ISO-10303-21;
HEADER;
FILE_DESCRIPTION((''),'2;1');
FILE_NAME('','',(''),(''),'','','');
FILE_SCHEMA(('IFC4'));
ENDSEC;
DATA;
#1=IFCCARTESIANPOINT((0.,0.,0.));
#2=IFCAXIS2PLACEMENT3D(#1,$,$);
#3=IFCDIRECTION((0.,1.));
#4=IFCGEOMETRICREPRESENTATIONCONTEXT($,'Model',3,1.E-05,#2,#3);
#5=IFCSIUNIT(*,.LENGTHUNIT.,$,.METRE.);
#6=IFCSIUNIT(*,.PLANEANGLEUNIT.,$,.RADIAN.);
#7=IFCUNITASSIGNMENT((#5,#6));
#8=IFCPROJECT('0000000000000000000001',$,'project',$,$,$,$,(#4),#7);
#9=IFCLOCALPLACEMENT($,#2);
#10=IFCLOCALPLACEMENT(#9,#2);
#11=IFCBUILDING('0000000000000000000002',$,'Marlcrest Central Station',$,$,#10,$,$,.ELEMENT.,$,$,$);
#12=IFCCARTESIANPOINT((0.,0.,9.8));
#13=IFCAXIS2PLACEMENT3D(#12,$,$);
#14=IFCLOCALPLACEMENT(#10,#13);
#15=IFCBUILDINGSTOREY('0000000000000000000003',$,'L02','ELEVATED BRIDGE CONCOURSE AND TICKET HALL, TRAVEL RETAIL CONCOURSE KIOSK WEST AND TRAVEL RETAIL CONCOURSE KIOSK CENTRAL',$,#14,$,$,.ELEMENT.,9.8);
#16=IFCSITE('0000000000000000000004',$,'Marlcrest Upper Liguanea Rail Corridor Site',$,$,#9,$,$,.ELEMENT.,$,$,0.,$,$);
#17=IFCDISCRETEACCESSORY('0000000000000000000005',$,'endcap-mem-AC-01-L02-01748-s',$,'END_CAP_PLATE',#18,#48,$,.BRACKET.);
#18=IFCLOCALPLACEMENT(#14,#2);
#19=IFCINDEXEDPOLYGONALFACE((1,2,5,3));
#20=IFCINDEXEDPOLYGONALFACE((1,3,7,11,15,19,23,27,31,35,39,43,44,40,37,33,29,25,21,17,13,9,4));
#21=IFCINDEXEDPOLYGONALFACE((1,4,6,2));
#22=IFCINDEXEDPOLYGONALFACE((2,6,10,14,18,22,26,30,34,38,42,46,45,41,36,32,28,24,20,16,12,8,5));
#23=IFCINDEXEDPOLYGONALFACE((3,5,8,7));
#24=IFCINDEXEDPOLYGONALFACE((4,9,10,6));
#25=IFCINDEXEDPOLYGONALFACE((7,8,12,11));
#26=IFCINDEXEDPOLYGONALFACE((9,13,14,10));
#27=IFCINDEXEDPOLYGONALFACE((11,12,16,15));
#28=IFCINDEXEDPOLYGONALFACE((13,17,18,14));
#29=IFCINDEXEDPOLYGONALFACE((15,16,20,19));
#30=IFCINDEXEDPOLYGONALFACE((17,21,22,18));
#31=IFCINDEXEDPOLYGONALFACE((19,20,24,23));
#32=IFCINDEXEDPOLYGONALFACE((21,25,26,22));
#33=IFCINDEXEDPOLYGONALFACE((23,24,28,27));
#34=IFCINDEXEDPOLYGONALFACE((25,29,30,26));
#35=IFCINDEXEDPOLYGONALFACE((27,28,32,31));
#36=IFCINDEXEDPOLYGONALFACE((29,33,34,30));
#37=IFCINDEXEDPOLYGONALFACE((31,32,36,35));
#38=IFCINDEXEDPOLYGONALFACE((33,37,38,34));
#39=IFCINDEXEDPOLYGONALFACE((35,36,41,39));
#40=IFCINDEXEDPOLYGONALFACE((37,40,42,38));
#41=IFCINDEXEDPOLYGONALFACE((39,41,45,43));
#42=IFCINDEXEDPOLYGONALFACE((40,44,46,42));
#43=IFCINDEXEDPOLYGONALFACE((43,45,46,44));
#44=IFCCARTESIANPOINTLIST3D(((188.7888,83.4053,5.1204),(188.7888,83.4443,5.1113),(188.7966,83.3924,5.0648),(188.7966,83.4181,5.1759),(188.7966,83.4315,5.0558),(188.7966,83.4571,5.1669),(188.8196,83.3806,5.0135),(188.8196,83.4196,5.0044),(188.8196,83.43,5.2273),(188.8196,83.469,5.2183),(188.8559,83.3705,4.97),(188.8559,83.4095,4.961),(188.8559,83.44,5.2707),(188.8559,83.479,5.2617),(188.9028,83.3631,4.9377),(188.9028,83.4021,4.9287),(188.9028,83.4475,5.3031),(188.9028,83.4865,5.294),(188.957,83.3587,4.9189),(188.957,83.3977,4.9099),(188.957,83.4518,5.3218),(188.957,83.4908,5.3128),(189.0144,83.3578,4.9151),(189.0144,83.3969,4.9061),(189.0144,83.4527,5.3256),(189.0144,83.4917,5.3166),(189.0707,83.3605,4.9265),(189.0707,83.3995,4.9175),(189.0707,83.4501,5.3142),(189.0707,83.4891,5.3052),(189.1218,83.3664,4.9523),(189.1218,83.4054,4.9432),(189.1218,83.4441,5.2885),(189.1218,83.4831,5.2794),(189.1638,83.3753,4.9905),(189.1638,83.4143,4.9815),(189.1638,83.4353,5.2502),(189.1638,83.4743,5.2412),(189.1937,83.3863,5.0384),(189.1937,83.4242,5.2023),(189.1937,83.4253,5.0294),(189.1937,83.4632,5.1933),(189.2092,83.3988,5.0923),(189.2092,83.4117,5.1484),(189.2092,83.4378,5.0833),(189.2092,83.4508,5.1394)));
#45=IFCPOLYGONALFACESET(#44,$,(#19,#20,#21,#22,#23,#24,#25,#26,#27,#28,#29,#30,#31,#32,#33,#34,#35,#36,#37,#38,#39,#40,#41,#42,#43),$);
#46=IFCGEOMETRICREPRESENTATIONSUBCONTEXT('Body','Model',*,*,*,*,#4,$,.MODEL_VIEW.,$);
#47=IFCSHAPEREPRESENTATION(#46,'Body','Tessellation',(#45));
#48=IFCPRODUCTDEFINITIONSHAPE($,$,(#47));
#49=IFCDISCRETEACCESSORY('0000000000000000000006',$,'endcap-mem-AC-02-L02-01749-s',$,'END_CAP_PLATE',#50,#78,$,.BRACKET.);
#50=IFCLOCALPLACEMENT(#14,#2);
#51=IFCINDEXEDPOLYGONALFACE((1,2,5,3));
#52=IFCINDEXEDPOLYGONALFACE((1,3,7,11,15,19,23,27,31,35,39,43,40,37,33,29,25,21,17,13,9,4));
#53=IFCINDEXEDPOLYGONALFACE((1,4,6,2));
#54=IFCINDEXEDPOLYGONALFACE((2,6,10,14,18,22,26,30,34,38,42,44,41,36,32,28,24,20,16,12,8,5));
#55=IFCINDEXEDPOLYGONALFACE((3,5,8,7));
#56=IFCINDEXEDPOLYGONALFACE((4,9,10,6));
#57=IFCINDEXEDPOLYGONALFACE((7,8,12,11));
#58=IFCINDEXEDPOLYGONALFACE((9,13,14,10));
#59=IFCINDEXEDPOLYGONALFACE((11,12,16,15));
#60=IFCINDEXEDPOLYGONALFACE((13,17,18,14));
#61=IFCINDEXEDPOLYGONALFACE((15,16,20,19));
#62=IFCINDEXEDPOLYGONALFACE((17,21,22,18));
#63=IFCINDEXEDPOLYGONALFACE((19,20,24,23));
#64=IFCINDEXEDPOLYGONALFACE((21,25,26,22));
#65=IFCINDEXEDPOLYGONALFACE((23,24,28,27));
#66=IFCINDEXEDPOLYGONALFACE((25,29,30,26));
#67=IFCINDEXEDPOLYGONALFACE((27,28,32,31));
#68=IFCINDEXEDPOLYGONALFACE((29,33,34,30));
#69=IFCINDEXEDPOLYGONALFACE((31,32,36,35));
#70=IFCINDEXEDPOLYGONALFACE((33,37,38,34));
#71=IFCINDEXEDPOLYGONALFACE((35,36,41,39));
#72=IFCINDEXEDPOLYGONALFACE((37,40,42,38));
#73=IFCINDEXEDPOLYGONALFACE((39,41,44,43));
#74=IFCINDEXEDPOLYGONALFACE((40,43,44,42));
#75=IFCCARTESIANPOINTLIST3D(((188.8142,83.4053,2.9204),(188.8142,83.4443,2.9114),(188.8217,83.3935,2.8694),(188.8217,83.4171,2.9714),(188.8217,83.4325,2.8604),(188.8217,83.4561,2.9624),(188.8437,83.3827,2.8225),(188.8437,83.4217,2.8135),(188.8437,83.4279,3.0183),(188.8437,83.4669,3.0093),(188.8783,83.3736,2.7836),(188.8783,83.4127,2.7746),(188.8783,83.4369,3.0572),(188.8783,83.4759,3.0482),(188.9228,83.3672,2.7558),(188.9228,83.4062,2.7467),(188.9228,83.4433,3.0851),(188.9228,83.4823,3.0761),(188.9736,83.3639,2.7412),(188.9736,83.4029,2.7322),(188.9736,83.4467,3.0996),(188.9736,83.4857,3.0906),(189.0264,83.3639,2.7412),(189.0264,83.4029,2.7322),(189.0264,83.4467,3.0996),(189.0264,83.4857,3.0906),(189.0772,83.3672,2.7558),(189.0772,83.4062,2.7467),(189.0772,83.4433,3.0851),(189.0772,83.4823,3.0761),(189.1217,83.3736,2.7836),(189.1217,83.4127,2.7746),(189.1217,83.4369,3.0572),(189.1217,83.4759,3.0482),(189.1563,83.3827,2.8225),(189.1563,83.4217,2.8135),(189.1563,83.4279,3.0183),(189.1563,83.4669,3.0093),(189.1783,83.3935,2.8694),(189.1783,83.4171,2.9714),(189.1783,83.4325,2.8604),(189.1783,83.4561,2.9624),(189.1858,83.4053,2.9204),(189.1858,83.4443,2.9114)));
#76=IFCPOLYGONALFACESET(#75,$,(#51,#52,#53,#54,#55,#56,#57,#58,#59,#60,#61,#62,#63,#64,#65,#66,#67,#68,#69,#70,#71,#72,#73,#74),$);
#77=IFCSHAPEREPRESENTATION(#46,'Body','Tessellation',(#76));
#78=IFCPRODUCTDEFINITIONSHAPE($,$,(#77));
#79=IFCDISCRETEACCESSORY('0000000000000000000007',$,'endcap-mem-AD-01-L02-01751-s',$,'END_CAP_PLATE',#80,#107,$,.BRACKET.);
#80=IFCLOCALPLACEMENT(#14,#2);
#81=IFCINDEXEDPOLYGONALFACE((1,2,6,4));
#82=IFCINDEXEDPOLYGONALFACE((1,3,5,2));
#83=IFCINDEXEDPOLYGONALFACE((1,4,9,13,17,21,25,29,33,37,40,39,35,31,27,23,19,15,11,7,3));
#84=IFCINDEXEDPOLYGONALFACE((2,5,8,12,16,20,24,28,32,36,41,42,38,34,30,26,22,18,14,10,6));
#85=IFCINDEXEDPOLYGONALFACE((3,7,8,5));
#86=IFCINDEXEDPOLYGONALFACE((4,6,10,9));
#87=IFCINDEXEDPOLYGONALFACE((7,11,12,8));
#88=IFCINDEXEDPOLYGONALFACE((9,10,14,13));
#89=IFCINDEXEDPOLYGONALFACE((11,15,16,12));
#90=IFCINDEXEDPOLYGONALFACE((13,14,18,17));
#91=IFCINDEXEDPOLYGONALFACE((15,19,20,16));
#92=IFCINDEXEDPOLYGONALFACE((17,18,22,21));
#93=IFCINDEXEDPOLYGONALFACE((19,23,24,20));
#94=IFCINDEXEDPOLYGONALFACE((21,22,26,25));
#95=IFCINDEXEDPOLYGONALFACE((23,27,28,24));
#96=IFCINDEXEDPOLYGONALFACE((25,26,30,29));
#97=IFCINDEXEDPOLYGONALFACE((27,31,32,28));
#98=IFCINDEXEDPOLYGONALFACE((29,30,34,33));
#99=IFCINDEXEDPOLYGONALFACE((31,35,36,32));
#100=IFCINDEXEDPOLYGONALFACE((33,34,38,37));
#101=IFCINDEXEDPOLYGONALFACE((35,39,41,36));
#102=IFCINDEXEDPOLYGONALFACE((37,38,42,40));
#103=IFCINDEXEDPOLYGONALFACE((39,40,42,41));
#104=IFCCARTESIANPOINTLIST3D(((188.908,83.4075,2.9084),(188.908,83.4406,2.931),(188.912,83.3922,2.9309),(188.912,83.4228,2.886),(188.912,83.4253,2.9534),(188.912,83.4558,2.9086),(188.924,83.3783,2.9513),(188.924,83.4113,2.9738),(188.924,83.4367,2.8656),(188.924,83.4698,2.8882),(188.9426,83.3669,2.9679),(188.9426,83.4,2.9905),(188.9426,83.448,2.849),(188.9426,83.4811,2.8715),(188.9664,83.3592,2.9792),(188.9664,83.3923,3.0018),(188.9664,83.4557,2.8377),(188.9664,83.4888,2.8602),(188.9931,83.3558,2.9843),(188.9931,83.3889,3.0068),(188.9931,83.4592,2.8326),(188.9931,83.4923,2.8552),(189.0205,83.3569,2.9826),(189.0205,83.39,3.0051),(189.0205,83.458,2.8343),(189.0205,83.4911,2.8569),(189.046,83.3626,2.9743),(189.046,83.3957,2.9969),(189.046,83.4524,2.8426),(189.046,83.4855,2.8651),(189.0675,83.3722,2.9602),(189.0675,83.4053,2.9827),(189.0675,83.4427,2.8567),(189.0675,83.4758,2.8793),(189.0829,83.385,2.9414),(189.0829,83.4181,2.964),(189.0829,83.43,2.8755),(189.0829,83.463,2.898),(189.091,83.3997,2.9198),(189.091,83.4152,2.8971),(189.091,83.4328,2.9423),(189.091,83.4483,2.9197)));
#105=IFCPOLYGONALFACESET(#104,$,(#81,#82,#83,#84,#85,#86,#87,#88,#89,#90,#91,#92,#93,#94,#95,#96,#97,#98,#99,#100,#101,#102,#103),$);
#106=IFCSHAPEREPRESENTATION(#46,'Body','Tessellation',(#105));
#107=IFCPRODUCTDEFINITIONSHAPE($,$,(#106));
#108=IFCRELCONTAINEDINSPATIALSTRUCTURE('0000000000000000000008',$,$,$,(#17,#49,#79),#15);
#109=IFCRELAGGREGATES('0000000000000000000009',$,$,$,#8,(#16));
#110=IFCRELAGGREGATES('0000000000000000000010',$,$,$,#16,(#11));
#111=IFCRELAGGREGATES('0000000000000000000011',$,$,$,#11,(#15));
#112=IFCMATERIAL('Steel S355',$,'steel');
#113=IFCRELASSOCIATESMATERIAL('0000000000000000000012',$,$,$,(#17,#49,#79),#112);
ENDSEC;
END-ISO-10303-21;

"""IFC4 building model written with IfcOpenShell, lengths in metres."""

from ifc_helpers import new_model, si_unit, direction, frame, origin, origin_2d, place, context, subcontext, project, spatial, circle, extrude, material, element, save


model = new_model("IFC4")

# Units and contexts
model_context = context("Model", 3, precision=1e-05, world=origin(), true_north=direction((0.0, 1.0)))
body_context = subcontext(model_context, "Body", "Model", "MODEL_VIEW")
ifc_project = project(units=[si_unit("LENGTHUNIT", "METRE"), si_unit("PLANEANGLEUNIT", "RADIAN")], contexts=[model_context])

# Site, building, storey
site_placement = place(None, origin())
site = spatial("IfcSite", under=ifc_project, at=site_placement, Name="Marlcrest Upper Liguanea Rail Corridor Site", CompositionType="ELEMENT", RefElevation=0.0)
building_placement = place(site_placement, origin())
building = spatial("IfcBuilding", under=site, at=building_placement, Name="Marlcrest Central Station", CompositionType="ELEMENT")
storey_placement = place(building_placement, frame((0.0, 0.0, 9.8)))
storey = spatial("IfcBuildingStorey", under=building, at=storey_placement, Name="L02", Description="ELEVATED BRIDGE CONCOURSE AND TICKET HALL, TRAVEL RETAIL CONCOURSE KIOSK WEST AND TRAVEL RETAIL CONCOURSE KIOSK CENTRAL", CompositionType="ELEMENT", Elevation=9.8)

# Shared definitions
ifc_material_1 = material(Name="Steel S355", Category="steel")

# Discrete accessories
discrete_accessory_1_placement = place(storey_placement, frame((189.0, 83.4053, 5.1204), z_axis=(0.0, 0.97433, -0.225126), x_axis=(-1.0, 0.0, 0.0)))
element("IfcDiscreteAccessory", 1, at=discrete_accessory_1_placement, inside=storey, material=ifc_material_1, Name="endcap-mem-AC-01-L02-01748-s", ObjectType="END_CAP_PLATE", PredefinedType="BRACKET", context=body_context, shape_type="SweptSolid", body=[
    extrude(circle(Radius=0.2112, at=origin_2d()), origin(), (0.0, 0.0, 1.0), 0.04),
])
discrete_accessory_2_placement = place(storey_placement, frame((189.0, 83.4053, 2.9204), z_axis=(0.0, 0.974308, -0.22522), x_axis=(-1.0, 0.0, 0.0)))
element("IfcDiscreteAccessory", 2, at=discrete_accessory_2_placement, inside=storey, material=ifc_material_1, Name="endcap-mem-AC-02-L02-01749-s", ObjectType="END_CAP_PLATE", PredefinedType="BRACKET", context=body_context, shape_type="SweptSolid", body=[
    extrude(circle(Radius=0.1858, at=origin_2d()), origin(), (0.0, 0.0, 1.0), 0.04),
])
discrete_accessory_3_placement = place(storey_placement, frame((189.0, 83.4075, 2.9084), z_axis=(0.0, 0.826263, 0.563285), x_axis=(-1.0, 0.0, 0.0)))
element("IfcDiscreteAccessory", 3, at=discrete_accessory_3_placement, inside=storey, material=ifc_material_1, Name="endcap-mem-AD-01-L02-01751-s", ObjectType="END_CAP_PLATE", PredefinedType="BRACKET", context=body_context, shape_type="SweptSolid", body=[
    extrude(circle(Radius=0.092, at=origin_2d()), origin(), (0.0, 0.0, 1.0), 0.04),
])

save(model, "model.ifc")
